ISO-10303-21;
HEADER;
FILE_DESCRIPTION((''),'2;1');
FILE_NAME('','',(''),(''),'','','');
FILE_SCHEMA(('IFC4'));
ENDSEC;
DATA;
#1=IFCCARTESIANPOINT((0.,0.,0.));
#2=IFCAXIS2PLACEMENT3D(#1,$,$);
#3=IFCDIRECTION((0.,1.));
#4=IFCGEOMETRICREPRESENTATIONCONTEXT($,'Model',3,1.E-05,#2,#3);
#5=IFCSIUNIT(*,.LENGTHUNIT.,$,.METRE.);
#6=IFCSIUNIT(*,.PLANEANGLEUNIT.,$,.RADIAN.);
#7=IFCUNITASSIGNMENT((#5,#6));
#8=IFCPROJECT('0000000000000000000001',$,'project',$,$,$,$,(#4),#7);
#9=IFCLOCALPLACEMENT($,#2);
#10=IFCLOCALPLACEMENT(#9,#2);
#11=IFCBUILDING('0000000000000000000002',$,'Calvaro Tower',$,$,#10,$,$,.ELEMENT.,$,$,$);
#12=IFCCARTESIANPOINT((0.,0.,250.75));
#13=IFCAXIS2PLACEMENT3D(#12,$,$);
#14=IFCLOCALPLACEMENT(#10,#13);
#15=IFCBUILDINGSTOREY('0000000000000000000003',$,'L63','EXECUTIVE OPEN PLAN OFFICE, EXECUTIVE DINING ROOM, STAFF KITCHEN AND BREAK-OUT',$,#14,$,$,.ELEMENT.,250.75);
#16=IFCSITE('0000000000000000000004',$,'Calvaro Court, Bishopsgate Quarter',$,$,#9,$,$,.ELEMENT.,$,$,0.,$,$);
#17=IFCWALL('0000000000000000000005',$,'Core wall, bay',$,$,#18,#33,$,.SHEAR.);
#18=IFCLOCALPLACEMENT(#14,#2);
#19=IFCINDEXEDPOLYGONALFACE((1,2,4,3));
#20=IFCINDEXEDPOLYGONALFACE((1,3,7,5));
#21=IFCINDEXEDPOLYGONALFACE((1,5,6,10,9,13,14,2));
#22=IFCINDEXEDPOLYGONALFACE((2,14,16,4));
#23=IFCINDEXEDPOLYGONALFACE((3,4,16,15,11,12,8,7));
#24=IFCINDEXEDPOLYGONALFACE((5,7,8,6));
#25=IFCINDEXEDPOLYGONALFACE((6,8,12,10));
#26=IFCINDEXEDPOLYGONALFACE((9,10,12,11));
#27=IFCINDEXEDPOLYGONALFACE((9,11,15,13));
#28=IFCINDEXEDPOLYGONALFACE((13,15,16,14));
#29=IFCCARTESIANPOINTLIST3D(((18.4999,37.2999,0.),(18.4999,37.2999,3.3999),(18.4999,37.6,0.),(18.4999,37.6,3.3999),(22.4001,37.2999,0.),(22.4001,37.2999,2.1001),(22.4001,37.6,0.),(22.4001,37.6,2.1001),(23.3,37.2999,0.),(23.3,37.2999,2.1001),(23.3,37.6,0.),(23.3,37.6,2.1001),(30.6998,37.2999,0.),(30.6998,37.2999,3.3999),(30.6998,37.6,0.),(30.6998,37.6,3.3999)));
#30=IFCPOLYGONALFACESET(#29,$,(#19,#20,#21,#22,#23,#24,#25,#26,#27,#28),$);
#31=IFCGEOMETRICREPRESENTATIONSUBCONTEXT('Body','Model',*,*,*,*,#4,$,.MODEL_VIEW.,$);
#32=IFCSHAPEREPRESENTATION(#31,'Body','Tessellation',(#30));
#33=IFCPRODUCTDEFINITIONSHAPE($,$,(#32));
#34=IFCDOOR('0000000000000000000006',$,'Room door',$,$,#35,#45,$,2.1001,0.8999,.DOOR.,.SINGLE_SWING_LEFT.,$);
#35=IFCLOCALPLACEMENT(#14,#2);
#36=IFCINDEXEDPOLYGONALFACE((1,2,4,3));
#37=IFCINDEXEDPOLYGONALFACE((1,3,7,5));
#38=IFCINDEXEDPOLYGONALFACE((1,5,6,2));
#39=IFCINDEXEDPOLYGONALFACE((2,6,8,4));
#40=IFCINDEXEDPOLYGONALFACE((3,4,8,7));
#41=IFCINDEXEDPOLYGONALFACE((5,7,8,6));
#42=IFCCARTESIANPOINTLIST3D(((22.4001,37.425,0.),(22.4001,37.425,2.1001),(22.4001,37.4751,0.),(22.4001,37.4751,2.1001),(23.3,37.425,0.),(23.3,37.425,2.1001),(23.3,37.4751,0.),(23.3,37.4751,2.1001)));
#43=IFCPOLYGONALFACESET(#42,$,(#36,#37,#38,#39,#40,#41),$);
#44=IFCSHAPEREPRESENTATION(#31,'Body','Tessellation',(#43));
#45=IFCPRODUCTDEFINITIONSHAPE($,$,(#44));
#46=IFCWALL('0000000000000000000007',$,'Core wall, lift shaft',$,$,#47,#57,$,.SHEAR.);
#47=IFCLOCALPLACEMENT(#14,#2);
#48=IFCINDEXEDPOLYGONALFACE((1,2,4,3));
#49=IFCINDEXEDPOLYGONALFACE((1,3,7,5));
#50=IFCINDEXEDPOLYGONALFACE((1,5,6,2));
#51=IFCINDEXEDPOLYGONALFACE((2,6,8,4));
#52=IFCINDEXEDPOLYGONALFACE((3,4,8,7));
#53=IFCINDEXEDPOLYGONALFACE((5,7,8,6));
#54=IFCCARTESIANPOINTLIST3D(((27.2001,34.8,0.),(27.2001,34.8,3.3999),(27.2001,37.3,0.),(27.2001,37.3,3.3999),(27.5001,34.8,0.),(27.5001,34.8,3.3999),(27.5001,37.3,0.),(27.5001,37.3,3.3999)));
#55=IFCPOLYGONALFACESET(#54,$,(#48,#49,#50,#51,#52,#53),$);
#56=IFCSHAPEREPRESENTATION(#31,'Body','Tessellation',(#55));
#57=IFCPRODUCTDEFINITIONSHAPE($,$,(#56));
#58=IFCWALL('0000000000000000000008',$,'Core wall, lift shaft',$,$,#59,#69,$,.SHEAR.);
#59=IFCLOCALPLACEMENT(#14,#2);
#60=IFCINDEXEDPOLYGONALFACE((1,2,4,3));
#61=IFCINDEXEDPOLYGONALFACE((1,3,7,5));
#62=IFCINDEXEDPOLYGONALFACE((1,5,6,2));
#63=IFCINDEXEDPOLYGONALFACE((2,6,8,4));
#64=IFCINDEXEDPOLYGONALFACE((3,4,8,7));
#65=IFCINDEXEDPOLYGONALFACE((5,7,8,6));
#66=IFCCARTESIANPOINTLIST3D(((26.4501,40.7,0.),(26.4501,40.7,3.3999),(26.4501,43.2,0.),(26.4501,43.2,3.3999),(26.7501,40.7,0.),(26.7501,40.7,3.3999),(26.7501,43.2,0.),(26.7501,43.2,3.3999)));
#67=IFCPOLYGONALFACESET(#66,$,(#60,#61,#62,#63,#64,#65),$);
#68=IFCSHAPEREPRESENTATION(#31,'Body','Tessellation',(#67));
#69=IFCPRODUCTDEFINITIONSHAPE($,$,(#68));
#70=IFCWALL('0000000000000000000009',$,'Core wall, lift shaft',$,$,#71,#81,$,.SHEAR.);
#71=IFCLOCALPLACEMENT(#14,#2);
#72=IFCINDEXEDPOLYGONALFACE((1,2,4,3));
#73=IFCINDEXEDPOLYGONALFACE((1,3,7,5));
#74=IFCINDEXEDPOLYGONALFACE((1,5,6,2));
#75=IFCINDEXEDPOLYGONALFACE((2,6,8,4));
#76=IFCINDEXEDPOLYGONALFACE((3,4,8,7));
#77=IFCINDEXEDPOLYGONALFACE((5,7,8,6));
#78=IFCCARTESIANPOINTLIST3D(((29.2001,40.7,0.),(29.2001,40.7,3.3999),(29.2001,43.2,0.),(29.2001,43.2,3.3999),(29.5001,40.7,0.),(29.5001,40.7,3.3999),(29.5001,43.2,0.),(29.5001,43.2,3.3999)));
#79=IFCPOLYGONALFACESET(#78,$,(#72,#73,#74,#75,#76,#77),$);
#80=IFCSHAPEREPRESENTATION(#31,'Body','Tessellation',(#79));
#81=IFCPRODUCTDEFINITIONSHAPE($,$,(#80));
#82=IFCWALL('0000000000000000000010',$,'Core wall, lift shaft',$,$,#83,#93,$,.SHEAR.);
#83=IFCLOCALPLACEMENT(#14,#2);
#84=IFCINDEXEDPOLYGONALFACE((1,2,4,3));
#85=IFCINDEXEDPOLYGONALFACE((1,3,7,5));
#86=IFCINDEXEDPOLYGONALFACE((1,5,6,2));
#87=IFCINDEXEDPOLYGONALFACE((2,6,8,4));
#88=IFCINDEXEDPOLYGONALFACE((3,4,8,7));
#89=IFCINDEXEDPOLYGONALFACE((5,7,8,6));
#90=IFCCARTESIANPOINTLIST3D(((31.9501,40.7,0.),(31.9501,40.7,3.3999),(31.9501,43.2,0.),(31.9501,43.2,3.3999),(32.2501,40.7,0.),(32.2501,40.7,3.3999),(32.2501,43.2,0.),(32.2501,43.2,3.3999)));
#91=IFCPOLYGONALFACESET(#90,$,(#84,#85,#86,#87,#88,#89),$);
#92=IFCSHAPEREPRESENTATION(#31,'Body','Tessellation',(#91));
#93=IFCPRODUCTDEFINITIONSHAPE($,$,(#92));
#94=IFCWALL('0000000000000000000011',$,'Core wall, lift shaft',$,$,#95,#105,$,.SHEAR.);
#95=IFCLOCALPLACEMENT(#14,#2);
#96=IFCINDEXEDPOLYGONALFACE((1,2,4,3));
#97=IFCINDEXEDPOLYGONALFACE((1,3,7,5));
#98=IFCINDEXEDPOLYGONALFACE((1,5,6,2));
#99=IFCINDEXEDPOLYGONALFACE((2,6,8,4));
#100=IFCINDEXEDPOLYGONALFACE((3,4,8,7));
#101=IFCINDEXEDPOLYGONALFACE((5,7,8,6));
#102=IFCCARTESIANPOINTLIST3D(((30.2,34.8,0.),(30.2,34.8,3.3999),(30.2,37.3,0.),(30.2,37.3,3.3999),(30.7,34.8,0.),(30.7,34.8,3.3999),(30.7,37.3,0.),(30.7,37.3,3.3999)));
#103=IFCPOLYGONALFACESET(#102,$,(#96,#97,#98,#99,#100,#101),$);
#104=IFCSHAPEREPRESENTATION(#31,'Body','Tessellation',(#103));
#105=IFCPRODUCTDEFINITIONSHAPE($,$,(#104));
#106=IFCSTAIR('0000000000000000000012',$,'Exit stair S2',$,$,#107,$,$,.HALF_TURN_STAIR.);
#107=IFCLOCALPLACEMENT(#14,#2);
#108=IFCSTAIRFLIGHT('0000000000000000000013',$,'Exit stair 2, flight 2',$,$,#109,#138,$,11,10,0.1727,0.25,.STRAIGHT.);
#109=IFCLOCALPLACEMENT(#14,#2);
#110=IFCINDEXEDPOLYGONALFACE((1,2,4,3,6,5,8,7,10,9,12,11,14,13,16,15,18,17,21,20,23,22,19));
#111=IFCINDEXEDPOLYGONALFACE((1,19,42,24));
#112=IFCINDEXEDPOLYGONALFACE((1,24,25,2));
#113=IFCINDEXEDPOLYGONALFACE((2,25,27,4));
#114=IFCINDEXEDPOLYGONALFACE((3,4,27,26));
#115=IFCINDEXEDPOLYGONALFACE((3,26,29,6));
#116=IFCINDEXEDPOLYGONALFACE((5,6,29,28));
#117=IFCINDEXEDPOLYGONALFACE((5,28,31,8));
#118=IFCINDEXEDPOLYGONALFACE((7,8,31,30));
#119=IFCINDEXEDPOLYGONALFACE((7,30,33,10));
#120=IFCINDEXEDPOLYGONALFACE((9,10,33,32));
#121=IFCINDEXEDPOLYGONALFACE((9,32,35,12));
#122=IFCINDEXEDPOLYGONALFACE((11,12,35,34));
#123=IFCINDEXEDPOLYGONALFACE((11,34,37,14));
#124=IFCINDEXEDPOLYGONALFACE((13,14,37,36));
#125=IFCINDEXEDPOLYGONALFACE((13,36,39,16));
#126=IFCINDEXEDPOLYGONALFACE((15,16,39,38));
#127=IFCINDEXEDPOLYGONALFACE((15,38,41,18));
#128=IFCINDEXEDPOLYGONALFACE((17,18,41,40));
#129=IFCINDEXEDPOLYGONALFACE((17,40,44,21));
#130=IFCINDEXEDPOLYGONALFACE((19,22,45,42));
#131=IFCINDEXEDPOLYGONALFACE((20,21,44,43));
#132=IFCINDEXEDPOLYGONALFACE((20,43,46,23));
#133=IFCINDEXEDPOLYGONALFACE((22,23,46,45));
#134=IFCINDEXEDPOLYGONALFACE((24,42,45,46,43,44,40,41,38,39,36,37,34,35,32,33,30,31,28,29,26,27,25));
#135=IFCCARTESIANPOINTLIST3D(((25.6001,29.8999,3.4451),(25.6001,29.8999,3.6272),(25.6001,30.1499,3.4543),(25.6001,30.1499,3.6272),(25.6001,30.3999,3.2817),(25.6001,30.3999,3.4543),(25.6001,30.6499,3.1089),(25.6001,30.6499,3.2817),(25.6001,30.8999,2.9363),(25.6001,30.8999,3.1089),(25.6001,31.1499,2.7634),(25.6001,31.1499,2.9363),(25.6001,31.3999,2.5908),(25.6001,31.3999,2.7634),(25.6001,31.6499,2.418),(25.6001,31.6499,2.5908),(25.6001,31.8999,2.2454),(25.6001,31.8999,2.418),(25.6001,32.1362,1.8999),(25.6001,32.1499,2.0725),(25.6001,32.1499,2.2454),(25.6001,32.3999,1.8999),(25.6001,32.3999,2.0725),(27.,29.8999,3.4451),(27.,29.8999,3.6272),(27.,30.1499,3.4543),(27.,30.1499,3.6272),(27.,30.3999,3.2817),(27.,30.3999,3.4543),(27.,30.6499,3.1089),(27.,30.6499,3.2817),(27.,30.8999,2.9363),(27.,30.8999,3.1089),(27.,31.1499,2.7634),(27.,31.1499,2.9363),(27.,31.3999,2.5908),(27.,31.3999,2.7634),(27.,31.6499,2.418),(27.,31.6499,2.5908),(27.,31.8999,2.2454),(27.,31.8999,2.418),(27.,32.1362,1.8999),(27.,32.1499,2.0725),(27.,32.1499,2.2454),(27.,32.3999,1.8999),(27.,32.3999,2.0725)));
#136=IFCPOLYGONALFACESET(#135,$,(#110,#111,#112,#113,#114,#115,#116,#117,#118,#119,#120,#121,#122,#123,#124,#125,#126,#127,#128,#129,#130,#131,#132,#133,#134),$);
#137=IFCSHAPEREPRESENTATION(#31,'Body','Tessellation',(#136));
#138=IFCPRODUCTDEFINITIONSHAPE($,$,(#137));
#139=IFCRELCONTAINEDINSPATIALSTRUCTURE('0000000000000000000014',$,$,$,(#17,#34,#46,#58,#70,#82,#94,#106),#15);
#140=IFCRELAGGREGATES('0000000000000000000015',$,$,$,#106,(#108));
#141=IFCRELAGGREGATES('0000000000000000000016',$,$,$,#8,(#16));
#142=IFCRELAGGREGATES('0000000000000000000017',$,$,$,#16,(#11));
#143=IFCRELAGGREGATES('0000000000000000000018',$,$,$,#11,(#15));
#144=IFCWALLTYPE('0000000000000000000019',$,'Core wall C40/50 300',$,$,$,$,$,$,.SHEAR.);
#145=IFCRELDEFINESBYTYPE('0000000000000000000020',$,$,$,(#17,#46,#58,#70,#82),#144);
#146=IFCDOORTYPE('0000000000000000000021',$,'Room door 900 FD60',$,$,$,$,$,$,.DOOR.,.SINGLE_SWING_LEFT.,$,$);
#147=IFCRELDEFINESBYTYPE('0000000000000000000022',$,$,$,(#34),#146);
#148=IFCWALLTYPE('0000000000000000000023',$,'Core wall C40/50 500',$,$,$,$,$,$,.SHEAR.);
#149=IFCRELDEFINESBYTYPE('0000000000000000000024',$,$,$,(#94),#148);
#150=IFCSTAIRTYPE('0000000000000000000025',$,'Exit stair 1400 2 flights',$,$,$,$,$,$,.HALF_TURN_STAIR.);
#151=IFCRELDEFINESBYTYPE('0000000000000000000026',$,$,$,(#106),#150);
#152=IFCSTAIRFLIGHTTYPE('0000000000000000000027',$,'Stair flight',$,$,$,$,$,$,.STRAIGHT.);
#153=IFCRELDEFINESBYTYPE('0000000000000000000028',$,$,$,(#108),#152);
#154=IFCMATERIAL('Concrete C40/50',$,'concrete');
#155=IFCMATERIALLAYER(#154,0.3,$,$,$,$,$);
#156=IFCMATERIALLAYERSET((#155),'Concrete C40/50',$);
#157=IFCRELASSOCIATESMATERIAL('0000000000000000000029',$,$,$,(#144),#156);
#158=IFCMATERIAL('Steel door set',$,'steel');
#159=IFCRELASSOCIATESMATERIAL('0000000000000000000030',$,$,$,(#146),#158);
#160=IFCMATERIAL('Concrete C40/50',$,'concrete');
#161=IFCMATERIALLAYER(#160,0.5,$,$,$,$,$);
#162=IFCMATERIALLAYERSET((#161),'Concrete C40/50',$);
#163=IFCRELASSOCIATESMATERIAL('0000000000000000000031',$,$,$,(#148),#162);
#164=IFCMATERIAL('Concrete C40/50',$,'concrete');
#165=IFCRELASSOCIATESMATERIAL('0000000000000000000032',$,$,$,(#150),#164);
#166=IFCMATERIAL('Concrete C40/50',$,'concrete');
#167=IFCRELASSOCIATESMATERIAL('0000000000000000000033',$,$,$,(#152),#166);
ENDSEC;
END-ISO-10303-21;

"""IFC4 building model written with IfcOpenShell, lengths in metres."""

from ifc_helpers import new_model, si_unit, direction, frame, frame_2d, origin, place, context, subcontext, project, spatial, polyline, rectangle, outline, extrude, material, layer, layer_set, type_object, element, fill, aggregate, save


model = new_model("IFC4")

# Units and contexts
model_context = context("Model", 3, precision=1e-05, world=origin(), true_north=direction((0.0, 1.0)))
body_context = subcontext(model_context, "Body", "Model", "MODEL_VIEW")
ifc_project = project(units=[si_unit("LENGTHUNIT", "METRE"), si_unit("PLANEANGLEUNIT", "RADIAN")], contexts=[model_context])

# Site, building, storey
site_placement = place(None, origin())
site = spatial("IfcSite", under=ifc_project, at=site_placement, Name="Calvaro Court, Bishopsgate Quarter", CompositionType="ELEMENT", RefElevation=0.0)
building_placement = place(site_placement, origin())
building = spatial("IfcBuilding", under=site, at=building_placement, Name="Calvaro Tower", CompositionType="ELEMENT")
storey_placement = place(building_placement, frame((0.0, 0.0, 250.75)))
storey = spatial("IfcBuildingStorey", under=building, at=storey_placement, Name="L63", Description="EXECUTIVE OPEN PLAN OFFICE, EXECUTIVE DINING ROOM, STAFF KITCHEN AND BREAK-OUT", CompositionType="ELEMENT", Elevation=250.75)

# Wall, opening, door
ifc_material_1 = material(Name="Concrete C40/50", Category="concrete")
ifc_layer_1 = layer(ifc_material_1, 0.3)
ifc_layer_set_1 = layer_set([ifc_layer_1], Name="Concrete C40/50")
wall_type_1 = type_object("IfcWallType", Name="Core wall C40/50 300", PredefinedType="SHEAR", material=ifc_layer_set_1)
wall_1_placement = place(storey_placement, frame((30.7, 37.45, 0.0), z_axis=(0.0, 0.0, 1.0), x_axis=(-1.0, 0.0, 0.0)))
wall_1 = element("IfcWall", 1, at=wall_1_placement, inside=storey, type_object=wall_type_1, Name="Core wall, bay", PredefinedType="SHEAR", context=body_context, shape_type="SweptSolid", body=[
    extrude(rectangle(XDim=12.2, YDim=0.3, at=frame_2d((6.1001, 0.0))), origin(), (0.0, 0.0, 1.0), 3.3999),
])
opening_placement = place(wall_1_placement, frame((7.3999, 0.0, 0.0)))
opening = element("IfcOpeningElement", 2, at=opening_placement, cuts=wall_1, PredefinedType="OPENING", context=body_context, shape_type="SweptSolid", body=[
    extrude(rectangle(XDim=0.8999, YDim=2.1001, at=frame_2d((0.45, 1.05))), frame((0.0, 0.1599, 0.0), z_axis=(0.0, -1.0, 0.0), x_axis=(1.0, 0.0, 0.0)), (0.0, 0.0, 1.0), 0.3201),
])
ifc_material_2 = material(Name="Steel door set", Category="steel")
door_type = type_object("IfcDoorType", Name="Room door 900 FD60", OperationType="SINGLE_SWING_LEFT", PredefinedType="DOOR", material=ifc_material_2)
door_placement = place(opening_placement, origin())
door = element("IfcDoor", 3, at=door_placement, inside=storey, type_object=door_type, Name="Room door", OperationType="SINGLE_SWING_LEFT", OverallHeight=2.1001, OverallWidth=0.8999, PredefinedType="DOOR", context=body_context, shape_type="SweptSolid", body=[
    extrude(rectangle(XDim=0.8999, YDim=2.1001, at=frame_2d((0.45, 1.05))), frame((0.0, 0.0249, 0.0), z_axis=(0.0, -1.0, 0.0), x_axis=(1.0, 0.0, 0.0)), (0.0, 0.0, 1.0), 0.05),
])
fill(opening, door)

# Walls
for number, where, z_axis, x_axis, name in (
    (4, (27.3501, 34.8, 0.0), (0.0, 0.0, 1.0), (0.0, 1.0, 0.0), "Core wall, lift shaft"),
    (5, (26.6001, 40.7, 0.0), (0.0, 0.0, 1.0), (0.0, 1.0, 0.0), "Core wall, lift shaft"),
    (6, (29.3501, 40.7, 0.0), (0.0, 0.0, 1.0), (0.0, 1.0, 0.0), "Core wall, lift shaft"),
    (7, (32.1001, 40.7, 0.0), (0.0, 0.0, 1.0), (0.0, 1.0, 0.0), "Core wall, lift shaft"),
):
    element("IfcWall", number, at=place(storey_placement, frame(where, z_axis=z_axis, x_axis=x_axis)), inside=storey, type_object=wall_type_1, Name=name, PredefinedType="SHEAR", context=body_context, shape_type="SweptSolid", body=[
        extrude(rectangle(XDim=2.5, YDim=0.3, at=frame_2d((1.25, 0.0))), origin(), (0.0, 0.0, 1.0), 3.3999),
    ])
ifc_material_3 = material(Name="Concrete C40/50", Category="concrete")
ifc_layer_2 = layer(ifc_material_3, 0.5)
ifc_layer_set_2 = layer_set([ifc_layer_2], Name="Concrete C40/50")
wall_type_2 = type_object("IfcWallType", Name="Core wall C40/50 500", PredefinedType="SHEAR", material=ifc_layer_set_2)
wall_2_placement = place(storey_placement, frame((30.45, 34.8, 0.0), z_axis=(0.0, 0.0, 1.0), x_axis=(0.0, 1.0, 0.0)))
element("IfcWall", 8, at=wall_2_placement, inside=storey, type_object=wall_type_2, Name="Core wall, lift shaft", PredefinedType="SHEAR", context=body_context, shape_type="SweptSolid", body=[
    extrude(rectangle(XDim=2.5, YDim=0.5, at=frame_2d((1.25, 0.0))), origin(), (0.0, 0.0, 1.0), 3.3999),
])

# Stair, stair flight
ifc_material_4 = material(Name="Concrete C40/50", Category="concrete")
stair_type = type_object("IfcStairType", Name="Exit stair 1400 2 flights", PredefinedType="HALF_TURN_STAIR", material=ifc_material_4)
stair_placement = place(storey_placement, origin())
stair = element("IfcStair", 9, at=stair_placement, inside=storey, type_object=stair_type, Name="Exit stair S2", PredefinedType="HALF_TURN_STAIR")
ifc_material_5 = material(Name="Concrete C40/50", Category="concrete")
stair_flight_type = type_object("IfcStairFlightType", Name="Stair flight", PredefinedType="STRAIGHT", material=ifc_material_5)
stair_flight_placement = place(storey_placement, frame((26.3, 32.3999, 1.8999), z_axis=(0.0, 0.0, 1.0), x_axis=(0.0, -1.0, 0.0)))
stair_flight = element("IfcStairFlight", 10, at=stair_flight_placement, type_object=stair_flight_type, Name="Exit stair 2, flight 2", NumberOfRisers=11, NumberOfTreads=10, PredefinedType="STRAIGHT", RiserHeight=0.1727, TreadLength=0.25, context=body_context, shape_type="SweptSolid", body=[
    extrude(outline(polyline([(0.0, 0.0), (0.0, 0.1726), (0.25, 0.1726), (0.25, 0.3455), (0.5, 0.3455), (0.5, 0.5181), (0.75, 0.5181), (0.75, 0.6909), (1.0, 0.6909), (1.0, 0.8635), (1.25, 0.8635), (1.25, 1.0364), (1.5, 1.0364), (1.5, 1.209), (1.75, 1.209), (1.75, 1.3818), (2.0, 1.3818), (2.0, 1.5544), (2.25, 1.5544), (2.25, 1.7273), (2.5, 1.7273), (2.5, 1.8999), (2.5, 1.5452), (0.2637, 0.0), (0.0, 0.0)])), frame((0.0, 0.7, 0.0), z_axis=(0.0, -1.0, 0.0), x_axis=(1.0, 0.0, 0.0)), (0.0, 0.0, 1.0), 1.3999),
])
aggregate(stair, [stair_flight])

save(model, "model.ifc")
